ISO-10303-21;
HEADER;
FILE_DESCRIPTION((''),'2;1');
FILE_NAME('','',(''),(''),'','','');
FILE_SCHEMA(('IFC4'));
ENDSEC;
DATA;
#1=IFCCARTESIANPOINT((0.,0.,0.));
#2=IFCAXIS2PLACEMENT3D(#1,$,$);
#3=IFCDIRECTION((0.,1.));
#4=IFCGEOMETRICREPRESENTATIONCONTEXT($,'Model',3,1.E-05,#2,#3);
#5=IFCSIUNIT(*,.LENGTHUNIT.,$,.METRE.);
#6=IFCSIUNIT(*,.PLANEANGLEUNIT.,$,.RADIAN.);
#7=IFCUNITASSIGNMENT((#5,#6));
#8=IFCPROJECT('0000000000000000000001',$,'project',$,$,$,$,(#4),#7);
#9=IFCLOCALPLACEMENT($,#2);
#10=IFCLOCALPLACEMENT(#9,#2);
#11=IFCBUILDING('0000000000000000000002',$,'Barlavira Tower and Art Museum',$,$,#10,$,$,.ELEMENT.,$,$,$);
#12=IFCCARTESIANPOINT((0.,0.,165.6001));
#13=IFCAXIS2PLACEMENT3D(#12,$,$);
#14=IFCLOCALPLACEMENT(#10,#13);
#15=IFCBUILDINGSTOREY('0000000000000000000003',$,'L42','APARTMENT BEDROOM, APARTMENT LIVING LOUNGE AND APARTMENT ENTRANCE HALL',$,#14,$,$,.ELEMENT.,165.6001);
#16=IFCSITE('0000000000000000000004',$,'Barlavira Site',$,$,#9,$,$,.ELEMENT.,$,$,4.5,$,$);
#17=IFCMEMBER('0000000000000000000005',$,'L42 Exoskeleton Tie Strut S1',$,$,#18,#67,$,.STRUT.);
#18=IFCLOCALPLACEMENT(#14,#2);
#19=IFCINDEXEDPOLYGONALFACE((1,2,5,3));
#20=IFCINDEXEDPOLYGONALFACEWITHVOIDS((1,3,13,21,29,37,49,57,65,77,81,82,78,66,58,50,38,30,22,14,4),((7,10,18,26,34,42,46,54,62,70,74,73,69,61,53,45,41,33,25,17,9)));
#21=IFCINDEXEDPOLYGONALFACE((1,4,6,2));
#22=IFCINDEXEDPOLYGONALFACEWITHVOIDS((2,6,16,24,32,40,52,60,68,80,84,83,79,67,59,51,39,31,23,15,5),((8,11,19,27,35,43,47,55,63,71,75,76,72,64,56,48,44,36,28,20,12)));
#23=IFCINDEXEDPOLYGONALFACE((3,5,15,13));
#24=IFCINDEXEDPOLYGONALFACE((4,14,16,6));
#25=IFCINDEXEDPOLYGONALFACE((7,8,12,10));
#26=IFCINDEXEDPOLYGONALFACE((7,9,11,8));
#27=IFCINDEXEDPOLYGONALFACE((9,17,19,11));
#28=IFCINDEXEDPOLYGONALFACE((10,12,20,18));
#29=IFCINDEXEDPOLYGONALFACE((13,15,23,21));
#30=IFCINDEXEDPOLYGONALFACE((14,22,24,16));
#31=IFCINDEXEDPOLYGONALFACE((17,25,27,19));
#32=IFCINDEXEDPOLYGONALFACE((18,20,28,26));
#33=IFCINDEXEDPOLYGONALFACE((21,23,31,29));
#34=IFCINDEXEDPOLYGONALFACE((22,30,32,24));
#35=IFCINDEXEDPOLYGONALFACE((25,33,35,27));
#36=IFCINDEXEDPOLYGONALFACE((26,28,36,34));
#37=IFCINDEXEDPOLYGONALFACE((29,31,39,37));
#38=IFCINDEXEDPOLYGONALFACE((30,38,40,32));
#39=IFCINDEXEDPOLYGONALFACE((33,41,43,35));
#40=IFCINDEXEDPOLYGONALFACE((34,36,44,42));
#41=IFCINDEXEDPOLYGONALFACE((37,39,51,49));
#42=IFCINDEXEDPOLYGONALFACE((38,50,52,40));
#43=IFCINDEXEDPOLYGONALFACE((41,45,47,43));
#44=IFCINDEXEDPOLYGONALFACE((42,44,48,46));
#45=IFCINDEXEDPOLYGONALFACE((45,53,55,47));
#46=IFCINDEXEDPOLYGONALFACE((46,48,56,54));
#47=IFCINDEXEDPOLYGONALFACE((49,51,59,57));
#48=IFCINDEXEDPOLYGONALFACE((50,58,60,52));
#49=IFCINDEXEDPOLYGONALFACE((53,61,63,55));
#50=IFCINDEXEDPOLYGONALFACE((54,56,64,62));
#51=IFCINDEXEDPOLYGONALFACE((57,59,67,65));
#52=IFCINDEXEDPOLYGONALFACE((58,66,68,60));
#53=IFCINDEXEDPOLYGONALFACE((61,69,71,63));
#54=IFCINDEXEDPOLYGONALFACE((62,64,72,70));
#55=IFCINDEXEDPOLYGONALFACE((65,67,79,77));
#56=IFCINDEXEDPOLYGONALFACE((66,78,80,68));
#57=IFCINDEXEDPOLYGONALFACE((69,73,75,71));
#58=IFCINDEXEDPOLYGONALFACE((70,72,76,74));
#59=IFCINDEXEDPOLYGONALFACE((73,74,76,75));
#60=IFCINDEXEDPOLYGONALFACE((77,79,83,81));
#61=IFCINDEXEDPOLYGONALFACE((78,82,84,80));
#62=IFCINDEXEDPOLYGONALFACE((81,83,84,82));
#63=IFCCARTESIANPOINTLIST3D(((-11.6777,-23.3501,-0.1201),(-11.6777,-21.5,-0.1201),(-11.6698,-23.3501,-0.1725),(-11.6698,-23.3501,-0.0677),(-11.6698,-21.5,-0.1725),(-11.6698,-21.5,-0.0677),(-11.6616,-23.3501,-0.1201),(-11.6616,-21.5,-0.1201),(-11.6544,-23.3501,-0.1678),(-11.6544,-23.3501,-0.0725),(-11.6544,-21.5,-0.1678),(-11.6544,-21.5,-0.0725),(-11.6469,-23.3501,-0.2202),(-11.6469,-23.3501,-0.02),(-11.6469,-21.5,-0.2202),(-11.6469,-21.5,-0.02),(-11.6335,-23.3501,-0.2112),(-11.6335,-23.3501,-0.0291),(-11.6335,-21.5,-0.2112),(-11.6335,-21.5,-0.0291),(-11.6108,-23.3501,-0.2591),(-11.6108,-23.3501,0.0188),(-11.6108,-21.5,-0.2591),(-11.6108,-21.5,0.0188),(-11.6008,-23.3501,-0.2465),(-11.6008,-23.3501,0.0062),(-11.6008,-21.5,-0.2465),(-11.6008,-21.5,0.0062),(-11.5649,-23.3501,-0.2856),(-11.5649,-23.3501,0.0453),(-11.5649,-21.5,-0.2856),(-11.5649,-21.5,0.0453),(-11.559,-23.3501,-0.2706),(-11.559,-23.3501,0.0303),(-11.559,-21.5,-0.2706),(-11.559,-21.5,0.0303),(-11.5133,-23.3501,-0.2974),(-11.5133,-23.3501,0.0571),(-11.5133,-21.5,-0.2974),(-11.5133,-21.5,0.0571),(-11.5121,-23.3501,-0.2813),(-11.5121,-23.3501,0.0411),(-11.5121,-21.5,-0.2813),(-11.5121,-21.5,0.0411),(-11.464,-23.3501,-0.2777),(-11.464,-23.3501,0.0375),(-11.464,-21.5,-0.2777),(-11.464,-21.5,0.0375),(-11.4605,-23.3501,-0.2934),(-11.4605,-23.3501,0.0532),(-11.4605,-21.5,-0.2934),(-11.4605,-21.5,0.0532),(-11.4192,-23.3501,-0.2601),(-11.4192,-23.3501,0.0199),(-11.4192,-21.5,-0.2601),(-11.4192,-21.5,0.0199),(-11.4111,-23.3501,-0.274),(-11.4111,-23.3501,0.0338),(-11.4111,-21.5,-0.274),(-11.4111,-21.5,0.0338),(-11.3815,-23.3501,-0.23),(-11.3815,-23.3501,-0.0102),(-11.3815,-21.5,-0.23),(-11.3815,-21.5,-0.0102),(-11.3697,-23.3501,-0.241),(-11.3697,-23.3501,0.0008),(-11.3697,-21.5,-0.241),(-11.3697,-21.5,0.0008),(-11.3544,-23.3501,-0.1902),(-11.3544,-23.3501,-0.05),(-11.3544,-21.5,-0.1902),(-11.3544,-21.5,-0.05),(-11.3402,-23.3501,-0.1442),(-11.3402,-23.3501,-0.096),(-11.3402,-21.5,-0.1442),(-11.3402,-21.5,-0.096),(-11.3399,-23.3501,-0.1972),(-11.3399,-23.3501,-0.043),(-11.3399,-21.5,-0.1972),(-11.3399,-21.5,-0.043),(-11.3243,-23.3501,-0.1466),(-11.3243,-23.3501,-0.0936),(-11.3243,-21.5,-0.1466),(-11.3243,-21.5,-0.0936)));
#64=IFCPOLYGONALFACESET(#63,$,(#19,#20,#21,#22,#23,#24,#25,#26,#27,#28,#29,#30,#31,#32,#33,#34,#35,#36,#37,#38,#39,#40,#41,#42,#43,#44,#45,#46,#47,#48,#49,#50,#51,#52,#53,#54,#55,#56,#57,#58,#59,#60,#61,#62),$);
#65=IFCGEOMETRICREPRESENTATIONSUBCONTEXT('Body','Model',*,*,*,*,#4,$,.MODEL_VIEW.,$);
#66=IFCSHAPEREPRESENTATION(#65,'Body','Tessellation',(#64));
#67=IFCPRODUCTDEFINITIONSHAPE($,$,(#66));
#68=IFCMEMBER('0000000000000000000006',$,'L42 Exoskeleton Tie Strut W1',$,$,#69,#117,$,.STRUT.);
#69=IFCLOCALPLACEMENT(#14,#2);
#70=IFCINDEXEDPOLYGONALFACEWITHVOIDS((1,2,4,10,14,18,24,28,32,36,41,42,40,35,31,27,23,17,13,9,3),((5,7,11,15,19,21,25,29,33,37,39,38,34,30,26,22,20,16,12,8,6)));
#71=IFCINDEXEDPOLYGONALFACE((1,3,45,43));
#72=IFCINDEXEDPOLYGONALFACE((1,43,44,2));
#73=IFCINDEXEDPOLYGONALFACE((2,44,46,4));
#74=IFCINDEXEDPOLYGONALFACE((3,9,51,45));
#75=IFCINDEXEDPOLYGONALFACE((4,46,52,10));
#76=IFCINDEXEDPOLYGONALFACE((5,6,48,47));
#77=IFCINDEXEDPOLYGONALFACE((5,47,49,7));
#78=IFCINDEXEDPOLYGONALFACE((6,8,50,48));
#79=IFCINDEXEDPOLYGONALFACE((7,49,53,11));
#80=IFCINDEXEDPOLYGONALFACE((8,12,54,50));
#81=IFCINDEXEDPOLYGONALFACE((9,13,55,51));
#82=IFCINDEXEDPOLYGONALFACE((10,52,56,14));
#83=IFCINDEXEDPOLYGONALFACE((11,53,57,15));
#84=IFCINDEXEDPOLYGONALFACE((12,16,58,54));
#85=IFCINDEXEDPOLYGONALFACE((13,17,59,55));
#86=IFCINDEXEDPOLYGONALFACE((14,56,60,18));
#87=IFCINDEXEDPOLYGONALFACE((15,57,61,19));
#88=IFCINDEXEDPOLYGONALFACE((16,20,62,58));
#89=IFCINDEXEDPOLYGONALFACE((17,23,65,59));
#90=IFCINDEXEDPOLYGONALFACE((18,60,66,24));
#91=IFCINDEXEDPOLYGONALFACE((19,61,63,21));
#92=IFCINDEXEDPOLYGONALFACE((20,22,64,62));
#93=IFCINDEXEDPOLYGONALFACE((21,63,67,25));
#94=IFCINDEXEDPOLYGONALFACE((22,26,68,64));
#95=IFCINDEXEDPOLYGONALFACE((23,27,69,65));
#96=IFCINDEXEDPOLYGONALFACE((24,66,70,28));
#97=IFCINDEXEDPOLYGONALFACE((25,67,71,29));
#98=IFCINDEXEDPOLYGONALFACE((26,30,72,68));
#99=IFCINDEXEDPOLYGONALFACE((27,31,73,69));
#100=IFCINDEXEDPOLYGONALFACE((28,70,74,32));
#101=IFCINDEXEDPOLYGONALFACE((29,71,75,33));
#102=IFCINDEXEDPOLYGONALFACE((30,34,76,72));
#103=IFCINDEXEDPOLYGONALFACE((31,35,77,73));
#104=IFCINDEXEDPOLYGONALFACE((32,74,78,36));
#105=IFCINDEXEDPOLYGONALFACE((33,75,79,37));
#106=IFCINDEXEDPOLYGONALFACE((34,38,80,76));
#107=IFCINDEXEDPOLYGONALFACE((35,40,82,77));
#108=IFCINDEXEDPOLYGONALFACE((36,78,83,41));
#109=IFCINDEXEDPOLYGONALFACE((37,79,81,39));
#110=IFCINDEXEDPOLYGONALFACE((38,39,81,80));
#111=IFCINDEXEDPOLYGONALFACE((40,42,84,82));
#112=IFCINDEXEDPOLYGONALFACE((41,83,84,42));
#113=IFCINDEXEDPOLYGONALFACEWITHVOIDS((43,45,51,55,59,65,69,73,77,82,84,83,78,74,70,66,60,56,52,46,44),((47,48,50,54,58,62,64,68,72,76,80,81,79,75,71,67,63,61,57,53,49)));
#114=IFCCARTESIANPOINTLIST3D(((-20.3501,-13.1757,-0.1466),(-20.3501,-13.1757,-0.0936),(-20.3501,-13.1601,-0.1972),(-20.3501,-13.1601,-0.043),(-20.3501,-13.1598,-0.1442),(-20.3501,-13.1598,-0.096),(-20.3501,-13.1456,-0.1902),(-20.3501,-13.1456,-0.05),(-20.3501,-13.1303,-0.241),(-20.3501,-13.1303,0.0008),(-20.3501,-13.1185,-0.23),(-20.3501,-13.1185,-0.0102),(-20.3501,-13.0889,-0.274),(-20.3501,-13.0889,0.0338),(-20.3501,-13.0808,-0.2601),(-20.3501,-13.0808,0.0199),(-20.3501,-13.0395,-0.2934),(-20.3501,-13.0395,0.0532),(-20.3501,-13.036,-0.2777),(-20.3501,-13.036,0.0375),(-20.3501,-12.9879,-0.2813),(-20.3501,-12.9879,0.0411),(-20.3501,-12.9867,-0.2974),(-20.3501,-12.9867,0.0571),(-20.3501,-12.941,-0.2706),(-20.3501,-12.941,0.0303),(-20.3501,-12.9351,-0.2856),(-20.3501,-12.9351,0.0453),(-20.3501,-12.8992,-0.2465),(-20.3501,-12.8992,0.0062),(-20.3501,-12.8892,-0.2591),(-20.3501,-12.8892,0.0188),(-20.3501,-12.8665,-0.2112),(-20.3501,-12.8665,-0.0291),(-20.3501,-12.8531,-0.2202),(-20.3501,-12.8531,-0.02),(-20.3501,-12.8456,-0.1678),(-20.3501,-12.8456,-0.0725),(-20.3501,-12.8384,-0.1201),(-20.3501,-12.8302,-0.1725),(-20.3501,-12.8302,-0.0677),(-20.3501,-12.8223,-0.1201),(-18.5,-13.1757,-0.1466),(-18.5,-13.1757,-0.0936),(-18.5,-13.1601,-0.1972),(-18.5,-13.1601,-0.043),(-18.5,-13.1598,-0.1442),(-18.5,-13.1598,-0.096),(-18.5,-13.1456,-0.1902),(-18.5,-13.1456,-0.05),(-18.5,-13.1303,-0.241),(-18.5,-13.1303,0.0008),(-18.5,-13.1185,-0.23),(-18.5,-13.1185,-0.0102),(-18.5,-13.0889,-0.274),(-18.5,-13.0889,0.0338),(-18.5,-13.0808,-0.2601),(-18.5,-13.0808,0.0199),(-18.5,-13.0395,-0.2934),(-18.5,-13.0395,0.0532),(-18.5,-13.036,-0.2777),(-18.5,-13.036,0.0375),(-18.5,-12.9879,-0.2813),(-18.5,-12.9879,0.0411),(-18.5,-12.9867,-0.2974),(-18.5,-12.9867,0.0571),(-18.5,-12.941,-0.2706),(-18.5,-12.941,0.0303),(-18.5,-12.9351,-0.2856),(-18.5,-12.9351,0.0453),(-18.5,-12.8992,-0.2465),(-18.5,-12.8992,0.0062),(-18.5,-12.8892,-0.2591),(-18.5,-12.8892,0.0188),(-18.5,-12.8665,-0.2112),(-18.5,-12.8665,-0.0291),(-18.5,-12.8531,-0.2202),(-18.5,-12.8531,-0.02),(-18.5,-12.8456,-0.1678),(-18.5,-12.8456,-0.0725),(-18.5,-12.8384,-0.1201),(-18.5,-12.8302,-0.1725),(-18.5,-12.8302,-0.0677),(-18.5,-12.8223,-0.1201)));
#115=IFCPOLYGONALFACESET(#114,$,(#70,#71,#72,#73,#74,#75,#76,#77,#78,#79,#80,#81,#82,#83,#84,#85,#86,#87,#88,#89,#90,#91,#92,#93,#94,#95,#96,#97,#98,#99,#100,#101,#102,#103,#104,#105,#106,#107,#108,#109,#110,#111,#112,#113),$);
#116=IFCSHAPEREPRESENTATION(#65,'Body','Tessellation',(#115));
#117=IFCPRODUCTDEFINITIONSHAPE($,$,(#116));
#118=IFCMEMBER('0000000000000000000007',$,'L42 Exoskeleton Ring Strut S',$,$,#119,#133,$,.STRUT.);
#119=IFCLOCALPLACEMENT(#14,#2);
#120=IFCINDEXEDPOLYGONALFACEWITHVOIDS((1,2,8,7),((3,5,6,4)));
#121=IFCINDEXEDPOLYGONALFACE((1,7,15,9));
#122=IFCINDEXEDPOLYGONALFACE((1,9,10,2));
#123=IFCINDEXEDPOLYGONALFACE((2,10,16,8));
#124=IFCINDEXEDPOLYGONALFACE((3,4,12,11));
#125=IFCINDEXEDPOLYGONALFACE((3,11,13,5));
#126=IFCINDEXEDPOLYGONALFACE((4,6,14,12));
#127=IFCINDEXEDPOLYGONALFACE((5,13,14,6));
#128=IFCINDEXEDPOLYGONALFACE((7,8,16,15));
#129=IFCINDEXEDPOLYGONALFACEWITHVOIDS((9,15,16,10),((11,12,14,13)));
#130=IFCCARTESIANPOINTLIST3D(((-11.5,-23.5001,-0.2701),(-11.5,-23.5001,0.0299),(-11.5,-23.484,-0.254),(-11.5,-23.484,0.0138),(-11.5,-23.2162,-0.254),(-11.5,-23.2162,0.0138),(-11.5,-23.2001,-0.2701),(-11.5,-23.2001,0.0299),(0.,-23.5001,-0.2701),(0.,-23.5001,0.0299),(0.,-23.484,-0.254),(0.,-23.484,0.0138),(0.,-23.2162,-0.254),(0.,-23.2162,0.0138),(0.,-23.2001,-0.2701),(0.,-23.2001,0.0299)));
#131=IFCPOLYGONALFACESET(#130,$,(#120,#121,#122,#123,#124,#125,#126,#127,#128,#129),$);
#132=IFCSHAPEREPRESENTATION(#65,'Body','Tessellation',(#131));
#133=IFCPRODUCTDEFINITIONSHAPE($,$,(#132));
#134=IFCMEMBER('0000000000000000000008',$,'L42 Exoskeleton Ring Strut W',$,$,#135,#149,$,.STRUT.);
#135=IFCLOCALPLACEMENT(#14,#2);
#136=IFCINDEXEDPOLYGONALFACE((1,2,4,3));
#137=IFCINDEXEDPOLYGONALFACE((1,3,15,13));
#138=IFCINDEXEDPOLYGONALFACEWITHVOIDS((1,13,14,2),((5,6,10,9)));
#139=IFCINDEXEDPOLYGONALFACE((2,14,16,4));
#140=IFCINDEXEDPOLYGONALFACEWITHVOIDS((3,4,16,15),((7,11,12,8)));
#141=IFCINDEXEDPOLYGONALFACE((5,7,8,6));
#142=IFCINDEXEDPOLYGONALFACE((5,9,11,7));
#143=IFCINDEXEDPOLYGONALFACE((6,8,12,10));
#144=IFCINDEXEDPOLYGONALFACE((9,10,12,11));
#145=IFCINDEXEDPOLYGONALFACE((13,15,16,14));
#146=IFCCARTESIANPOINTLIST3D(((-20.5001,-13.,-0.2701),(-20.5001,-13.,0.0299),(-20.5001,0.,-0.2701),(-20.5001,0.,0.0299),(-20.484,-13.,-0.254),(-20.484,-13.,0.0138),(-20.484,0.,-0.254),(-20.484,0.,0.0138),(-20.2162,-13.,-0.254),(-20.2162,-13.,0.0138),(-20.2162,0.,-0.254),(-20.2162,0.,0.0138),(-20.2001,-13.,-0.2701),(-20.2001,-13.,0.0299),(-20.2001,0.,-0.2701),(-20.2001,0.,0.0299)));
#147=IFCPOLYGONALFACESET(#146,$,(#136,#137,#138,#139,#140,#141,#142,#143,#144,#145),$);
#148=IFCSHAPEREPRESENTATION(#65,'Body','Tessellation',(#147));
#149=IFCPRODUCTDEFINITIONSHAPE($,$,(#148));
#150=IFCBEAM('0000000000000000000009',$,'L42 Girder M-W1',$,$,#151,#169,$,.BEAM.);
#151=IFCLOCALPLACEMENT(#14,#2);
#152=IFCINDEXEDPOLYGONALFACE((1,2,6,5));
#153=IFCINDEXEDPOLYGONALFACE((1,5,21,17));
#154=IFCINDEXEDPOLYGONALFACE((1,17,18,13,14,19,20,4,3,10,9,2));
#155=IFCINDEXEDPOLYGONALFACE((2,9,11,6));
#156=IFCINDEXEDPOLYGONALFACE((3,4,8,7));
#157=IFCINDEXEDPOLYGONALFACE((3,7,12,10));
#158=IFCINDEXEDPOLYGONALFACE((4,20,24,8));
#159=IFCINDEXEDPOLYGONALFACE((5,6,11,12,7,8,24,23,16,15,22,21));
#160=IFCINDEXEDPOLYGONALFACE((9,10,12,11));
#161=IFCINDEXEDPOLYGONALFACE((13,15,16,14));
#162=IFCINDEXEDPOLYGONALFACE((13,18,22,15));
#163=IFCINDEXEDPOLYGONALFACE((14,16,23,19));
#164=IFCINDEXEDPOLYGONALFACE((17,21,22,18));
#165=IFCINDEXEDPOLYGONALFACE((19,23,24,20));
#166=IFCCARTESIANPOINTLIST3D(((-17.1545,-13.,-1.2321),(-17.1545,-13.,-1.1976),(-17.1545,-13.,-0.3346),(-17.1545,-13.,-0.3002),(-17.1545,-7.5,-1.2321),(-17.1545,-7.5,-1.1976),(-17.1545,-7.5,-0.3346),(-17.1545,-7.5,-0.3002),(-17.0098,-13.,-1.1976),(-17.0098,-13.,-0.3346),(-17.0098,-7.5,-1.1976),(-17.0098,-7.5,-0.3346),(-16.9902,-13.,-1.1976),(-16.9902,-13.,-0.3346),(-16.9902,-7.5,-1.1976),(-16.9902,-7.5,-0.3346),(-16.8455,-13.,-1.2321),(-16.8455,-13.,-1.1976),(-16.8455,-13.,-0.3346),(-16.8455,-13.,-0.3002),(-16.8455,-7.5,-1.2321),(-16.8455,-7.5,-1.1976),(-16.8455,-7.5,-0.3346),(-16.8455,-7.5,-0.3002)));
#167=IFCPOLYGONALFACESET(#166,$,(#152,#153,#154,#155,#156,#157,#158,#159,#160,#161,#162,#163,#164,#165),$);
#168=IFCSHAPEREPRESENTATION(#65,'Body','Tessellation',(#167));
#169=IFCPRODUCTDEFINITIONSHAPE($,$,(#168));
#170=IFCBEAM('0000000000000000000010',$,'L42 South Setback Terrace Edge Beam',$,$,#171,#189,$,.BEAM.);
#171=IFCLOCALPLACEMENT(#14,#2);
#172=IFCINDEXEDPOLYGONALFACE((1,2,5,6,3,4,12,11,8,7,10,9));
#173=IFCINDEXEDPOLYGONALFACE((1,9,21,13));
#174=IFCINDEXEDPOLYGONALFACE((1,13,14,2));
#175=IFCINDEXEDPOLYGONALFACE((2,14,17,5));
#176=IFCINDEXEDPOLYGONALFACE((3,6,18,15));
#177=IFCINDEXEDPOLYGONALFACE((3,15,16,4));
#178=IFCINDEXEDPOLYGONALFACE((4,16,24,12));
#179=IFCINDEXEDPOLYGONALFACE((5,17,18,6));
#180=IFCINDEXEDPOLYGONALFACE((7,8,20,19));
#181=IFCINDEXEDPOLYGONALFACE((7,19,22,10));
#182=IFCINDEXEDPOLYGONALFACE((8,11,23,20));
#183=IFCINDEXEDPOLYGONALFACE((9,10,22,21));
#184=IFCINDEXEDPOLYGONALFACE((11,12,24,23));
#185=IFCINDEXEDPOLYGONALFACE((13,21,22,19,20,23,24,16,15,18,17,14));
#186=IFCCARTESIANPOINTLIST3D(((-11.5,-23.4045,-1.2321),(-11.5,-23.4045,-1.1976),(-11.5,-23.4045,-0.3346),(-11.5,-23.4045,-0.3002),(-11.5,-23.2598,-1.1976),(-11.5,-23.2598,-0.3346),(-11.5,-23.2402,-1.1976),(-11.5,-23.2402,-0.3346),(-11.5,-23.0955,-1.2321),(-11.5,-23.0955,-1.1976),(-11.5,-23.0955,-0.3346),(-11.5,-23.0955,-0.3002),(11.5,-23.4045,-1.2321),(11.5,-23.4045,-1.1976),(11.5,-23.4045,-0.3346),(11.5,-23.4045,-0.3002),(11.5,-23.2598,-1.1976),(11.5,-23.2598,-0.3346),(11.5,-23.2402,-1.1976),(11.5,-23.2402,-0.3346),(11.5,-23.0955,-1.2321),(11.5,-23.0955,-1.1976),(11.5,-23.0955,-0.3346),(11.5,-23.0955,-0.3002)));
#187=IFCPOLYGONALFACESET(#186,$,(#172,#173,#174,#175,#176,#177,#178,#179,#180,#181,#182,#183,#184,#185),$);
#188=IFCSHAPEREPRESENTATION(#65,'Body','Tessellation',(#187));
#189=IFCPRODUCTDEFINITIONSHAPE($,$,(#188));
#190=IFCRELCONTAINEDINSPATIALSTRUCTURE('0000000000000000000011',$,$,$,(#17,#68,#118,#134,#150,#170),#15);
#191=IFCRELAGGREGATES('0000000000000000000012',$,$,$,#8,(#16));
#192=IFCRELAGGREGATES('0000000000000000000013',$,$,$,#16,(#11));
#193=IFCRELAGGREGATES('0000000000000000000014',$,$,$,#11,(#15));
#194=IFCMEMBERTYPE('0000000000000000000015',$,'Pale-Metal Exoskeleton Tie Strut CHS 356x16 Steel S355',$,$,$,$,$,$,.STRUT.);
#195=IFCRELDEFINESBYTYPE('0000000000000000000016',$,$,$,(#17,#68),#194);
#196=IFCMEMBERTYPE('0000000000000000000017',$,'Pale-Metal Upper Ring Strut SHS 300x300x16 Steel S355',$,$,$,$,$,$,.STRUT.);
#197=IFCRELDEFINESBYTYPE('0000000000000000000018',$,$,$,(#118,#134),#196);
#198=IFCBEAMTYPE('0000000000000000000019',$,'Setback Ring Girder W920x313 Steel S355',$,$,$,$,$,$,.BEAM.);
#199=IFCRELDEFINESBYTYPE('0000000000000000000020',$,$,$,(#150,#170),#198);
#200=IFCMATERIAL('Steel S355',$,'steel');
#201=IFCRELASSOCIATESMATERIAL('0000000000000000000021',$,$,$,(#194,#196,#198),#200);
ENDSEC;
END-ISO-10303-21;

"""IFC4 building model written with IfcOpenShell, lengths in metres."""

from ifc_helpers import new_model, si_unit, direction, frame, origin, origin_2d, place, context, subcontext, project, spatial, hollow_rectangle, hollow_circle, i_section, extrude, material, material_profile, profile_set, type_object, element, save


model = new_model("IFC4")

# Units and contexts
model_context = context("Model", 3, precision=1e-05, world=origin(), true_north=direction((0.0, 1.0)))
body_context = subcontext(model_context, "Body", "Model", "MODEL_VIEW")
ifc_project = project(units=[si_unit("LENGTHUNIT", "METRE"), si_unit("PLANEANGLEUNIT", "RADIAN")], contexts=[model_context])

# Site, building, storey
site_placement = place(None, origin())
site = spatial("IfcSite", under=ifc_project, at=site_placement, Name="Barlavira Site", CompositionType="ELEMENT", RefElevation=4.5)
building_placement = place(site_placement, origin())
building = spatial("IfcBuilding", under=site, at=building_placement, Name="Barlavira Tower and Art Museum", CompositionType="ELEMENT")
storey_placement = place(building_placement, frame((0.0, 0.0, 165.6001)))
storey = spatial("IfcBuildingStorey", under=building, at=storey_placement, Name="L42", Description="APARTMENT BEDROOM, APARTMENT LIVING LOUNGE AND APARTMENT ENTRANCE HALL", CompositionType="ELEMENT", Elevation=165.6001)

# Members
ifc_material_1 = material(Name="Steel S355", Category="steel")
ifc_material_profile_1 = material_profile(ifc_material_1, hollow_circle(Radius=0.1777, WallThickness=0.0161, at=origin_2d()), Name="CHS 355.6x16.0")
ifc_profile_set_1 = profile_set([ifc_material_profile_1], Name="Steel S355")
member_type_1 = type_object("IfcMemberType", Name="Pale-Metal Exoskeleton Tie Strut CHS 356x16 Steel S355", PredefinedType="STRUT", material=ifc_profile_set_1)
for number, where, z_axis, x_axis, name in (
    (1, (-11.5, -23.3501, -0.1201), (0.0, 1.0, 0.0), (-1.0, 0.0, 0.0), "L42 Exoskeleton Tie Strut S1"),
    (2, (-20.3501, -13.0, -0.1201), (1.0, 0.0, 0.0), (0.0, 1.0, 0.0), "L42 Exoskeleton Tie Strut W1"),
):
    element("IfcMember", number, at=place(storey_placement, frame(where, z_axis=z_axis, x_axis=x_axis)), inside=storey, type_object=member_type_1, Name=name, PredefinedType="STRUT", context=body_context, shape_type="SweptSolid", body=[
        extrude(hollow_circle(Radius=0.1777, WallThickness=0.0161, at=origin_2d()), origin(), (0.0, 0.0, 1.0), 1.8501),
    ])
ifc_material_profile_2 = material_profile(ifc_material_1, hollow_rectangle(XDim=0.3, YDim=0.3, WallThickness=0.0161, at=origin_2d()), Name="SHS 300x300x16.0")
ifc_profile_set_2 = profile_set([ifc_material_profile_2], Name="Steel S355")
member_type_2 = type_object("IfcMemberType", Name="Pale-Metal Upper Ring Strut SHS 300x300x16 Steel S355", PredefinedType="STRUT", material=ifc_profile_set_2)
member_1_placement = place(storey_placement, frame((-11.5, -23.3501, -0.1201), z_axis=(1.0, 0.0, 0.0), x_axis=(0.0, 1.0, 0.0)))
element("IfcMember", 3, at=member_1_placement, inside=storey, type_object=member_type_2, Name="L42 Exoskeleton Ring Strut S", PredefinedType="STRUT", context=body_context, shape_type="SweptSolid", body=[
    extrude(hollow_rectangle(XDim=0.3, YDim=0.3, WallThickness=0.0161, at=origin_2d()), origin(), (0.0, 0.0, 1.0), 11.5),
])
member_2_placement = place(storey_placement, frame((-20.3501, -13.0, -0.1201), z_axis=(0.0, 1.0, 0.0), x_axis=(-1.0, 0.0, 0.0)))
element("IfcMember", 4, at=member_2_placement, inside=storey, type_object=member_type_2, Name="L42 Exoskeleton Ring Strut W", PredefinedType="STRUT", context=body_context, shape_type="SweptSolid", body=[
    extrude(hollow_rectangle(XDim=0.3, YDim=0.3, WallThickness=0.0161, at=origin_2d()), origin(), (0.0, 0.0, 1.0), 13.0),
])

# Beams
ifc_material_profile_3 = material_profile(ifc_material_1, i_section(OverallWidth=0.3091, OverallDepth=0.9319, WebThickness=0.0195, FlangeThickness=0.0344, at=origin_2d()), Name="W920x313.0")
ifc_profile_set_3 = profile_set([ifc_material_profile_3], Name="Steel S355")
beam_type_1 = type_object("IfcBeamType", Name="Setback Ring Girder W920x313 Steel S355", PredefinedType="BEAM", material=ifc_profile_set_3)
beam_1_placement = place(storey_placement, frame((-17.0, -13.0, -0.7661), z_axis=(0.0, 1.0, 0.0), x_axis=(-1.0, 0.0, 0.0)))
element("IfcBeam", 5, at=beam_1_placement, inside=storey, type_object=beam_type_1, Name="L42 Girder M-W1", PredefinedType="BEAM", context=body_context, shape_type="SweptSolid", body=[
    extrude(i_section(OverallWidth=0.3091, OverallDepth=0.9319, WebThickness=0.0195, FlangeThickness=0.0344, at=origin_2d()), origin(), (0.0, 0.0, 1.0), 5.5),
])
beam_2_placement = place(storey_placement, frame((-11.5, -23.25, -0.7661), z_axis=(1.0, 0.0, 0.0), x_axis=(0.0, 1.0, 0.0)))
element("IfcBeam", 6, at=beam_2_placement, inside=storey, type_object=beam_type_1, Name="L42 South Setback Terrace Edge Beam", PredefinedType="BEAM", context=body_context, shape_type="SweptSolid", body=[
    extrude(i_section(OverallWidth=0.3091, OverallDepth=0.9319, WebThickness=0.0195, FlangeThickness=0.0344, at=origin_2d()), origin(), (0.0, 0.0, 1.0), 23.0),
])

save(model, "model.ifc")
